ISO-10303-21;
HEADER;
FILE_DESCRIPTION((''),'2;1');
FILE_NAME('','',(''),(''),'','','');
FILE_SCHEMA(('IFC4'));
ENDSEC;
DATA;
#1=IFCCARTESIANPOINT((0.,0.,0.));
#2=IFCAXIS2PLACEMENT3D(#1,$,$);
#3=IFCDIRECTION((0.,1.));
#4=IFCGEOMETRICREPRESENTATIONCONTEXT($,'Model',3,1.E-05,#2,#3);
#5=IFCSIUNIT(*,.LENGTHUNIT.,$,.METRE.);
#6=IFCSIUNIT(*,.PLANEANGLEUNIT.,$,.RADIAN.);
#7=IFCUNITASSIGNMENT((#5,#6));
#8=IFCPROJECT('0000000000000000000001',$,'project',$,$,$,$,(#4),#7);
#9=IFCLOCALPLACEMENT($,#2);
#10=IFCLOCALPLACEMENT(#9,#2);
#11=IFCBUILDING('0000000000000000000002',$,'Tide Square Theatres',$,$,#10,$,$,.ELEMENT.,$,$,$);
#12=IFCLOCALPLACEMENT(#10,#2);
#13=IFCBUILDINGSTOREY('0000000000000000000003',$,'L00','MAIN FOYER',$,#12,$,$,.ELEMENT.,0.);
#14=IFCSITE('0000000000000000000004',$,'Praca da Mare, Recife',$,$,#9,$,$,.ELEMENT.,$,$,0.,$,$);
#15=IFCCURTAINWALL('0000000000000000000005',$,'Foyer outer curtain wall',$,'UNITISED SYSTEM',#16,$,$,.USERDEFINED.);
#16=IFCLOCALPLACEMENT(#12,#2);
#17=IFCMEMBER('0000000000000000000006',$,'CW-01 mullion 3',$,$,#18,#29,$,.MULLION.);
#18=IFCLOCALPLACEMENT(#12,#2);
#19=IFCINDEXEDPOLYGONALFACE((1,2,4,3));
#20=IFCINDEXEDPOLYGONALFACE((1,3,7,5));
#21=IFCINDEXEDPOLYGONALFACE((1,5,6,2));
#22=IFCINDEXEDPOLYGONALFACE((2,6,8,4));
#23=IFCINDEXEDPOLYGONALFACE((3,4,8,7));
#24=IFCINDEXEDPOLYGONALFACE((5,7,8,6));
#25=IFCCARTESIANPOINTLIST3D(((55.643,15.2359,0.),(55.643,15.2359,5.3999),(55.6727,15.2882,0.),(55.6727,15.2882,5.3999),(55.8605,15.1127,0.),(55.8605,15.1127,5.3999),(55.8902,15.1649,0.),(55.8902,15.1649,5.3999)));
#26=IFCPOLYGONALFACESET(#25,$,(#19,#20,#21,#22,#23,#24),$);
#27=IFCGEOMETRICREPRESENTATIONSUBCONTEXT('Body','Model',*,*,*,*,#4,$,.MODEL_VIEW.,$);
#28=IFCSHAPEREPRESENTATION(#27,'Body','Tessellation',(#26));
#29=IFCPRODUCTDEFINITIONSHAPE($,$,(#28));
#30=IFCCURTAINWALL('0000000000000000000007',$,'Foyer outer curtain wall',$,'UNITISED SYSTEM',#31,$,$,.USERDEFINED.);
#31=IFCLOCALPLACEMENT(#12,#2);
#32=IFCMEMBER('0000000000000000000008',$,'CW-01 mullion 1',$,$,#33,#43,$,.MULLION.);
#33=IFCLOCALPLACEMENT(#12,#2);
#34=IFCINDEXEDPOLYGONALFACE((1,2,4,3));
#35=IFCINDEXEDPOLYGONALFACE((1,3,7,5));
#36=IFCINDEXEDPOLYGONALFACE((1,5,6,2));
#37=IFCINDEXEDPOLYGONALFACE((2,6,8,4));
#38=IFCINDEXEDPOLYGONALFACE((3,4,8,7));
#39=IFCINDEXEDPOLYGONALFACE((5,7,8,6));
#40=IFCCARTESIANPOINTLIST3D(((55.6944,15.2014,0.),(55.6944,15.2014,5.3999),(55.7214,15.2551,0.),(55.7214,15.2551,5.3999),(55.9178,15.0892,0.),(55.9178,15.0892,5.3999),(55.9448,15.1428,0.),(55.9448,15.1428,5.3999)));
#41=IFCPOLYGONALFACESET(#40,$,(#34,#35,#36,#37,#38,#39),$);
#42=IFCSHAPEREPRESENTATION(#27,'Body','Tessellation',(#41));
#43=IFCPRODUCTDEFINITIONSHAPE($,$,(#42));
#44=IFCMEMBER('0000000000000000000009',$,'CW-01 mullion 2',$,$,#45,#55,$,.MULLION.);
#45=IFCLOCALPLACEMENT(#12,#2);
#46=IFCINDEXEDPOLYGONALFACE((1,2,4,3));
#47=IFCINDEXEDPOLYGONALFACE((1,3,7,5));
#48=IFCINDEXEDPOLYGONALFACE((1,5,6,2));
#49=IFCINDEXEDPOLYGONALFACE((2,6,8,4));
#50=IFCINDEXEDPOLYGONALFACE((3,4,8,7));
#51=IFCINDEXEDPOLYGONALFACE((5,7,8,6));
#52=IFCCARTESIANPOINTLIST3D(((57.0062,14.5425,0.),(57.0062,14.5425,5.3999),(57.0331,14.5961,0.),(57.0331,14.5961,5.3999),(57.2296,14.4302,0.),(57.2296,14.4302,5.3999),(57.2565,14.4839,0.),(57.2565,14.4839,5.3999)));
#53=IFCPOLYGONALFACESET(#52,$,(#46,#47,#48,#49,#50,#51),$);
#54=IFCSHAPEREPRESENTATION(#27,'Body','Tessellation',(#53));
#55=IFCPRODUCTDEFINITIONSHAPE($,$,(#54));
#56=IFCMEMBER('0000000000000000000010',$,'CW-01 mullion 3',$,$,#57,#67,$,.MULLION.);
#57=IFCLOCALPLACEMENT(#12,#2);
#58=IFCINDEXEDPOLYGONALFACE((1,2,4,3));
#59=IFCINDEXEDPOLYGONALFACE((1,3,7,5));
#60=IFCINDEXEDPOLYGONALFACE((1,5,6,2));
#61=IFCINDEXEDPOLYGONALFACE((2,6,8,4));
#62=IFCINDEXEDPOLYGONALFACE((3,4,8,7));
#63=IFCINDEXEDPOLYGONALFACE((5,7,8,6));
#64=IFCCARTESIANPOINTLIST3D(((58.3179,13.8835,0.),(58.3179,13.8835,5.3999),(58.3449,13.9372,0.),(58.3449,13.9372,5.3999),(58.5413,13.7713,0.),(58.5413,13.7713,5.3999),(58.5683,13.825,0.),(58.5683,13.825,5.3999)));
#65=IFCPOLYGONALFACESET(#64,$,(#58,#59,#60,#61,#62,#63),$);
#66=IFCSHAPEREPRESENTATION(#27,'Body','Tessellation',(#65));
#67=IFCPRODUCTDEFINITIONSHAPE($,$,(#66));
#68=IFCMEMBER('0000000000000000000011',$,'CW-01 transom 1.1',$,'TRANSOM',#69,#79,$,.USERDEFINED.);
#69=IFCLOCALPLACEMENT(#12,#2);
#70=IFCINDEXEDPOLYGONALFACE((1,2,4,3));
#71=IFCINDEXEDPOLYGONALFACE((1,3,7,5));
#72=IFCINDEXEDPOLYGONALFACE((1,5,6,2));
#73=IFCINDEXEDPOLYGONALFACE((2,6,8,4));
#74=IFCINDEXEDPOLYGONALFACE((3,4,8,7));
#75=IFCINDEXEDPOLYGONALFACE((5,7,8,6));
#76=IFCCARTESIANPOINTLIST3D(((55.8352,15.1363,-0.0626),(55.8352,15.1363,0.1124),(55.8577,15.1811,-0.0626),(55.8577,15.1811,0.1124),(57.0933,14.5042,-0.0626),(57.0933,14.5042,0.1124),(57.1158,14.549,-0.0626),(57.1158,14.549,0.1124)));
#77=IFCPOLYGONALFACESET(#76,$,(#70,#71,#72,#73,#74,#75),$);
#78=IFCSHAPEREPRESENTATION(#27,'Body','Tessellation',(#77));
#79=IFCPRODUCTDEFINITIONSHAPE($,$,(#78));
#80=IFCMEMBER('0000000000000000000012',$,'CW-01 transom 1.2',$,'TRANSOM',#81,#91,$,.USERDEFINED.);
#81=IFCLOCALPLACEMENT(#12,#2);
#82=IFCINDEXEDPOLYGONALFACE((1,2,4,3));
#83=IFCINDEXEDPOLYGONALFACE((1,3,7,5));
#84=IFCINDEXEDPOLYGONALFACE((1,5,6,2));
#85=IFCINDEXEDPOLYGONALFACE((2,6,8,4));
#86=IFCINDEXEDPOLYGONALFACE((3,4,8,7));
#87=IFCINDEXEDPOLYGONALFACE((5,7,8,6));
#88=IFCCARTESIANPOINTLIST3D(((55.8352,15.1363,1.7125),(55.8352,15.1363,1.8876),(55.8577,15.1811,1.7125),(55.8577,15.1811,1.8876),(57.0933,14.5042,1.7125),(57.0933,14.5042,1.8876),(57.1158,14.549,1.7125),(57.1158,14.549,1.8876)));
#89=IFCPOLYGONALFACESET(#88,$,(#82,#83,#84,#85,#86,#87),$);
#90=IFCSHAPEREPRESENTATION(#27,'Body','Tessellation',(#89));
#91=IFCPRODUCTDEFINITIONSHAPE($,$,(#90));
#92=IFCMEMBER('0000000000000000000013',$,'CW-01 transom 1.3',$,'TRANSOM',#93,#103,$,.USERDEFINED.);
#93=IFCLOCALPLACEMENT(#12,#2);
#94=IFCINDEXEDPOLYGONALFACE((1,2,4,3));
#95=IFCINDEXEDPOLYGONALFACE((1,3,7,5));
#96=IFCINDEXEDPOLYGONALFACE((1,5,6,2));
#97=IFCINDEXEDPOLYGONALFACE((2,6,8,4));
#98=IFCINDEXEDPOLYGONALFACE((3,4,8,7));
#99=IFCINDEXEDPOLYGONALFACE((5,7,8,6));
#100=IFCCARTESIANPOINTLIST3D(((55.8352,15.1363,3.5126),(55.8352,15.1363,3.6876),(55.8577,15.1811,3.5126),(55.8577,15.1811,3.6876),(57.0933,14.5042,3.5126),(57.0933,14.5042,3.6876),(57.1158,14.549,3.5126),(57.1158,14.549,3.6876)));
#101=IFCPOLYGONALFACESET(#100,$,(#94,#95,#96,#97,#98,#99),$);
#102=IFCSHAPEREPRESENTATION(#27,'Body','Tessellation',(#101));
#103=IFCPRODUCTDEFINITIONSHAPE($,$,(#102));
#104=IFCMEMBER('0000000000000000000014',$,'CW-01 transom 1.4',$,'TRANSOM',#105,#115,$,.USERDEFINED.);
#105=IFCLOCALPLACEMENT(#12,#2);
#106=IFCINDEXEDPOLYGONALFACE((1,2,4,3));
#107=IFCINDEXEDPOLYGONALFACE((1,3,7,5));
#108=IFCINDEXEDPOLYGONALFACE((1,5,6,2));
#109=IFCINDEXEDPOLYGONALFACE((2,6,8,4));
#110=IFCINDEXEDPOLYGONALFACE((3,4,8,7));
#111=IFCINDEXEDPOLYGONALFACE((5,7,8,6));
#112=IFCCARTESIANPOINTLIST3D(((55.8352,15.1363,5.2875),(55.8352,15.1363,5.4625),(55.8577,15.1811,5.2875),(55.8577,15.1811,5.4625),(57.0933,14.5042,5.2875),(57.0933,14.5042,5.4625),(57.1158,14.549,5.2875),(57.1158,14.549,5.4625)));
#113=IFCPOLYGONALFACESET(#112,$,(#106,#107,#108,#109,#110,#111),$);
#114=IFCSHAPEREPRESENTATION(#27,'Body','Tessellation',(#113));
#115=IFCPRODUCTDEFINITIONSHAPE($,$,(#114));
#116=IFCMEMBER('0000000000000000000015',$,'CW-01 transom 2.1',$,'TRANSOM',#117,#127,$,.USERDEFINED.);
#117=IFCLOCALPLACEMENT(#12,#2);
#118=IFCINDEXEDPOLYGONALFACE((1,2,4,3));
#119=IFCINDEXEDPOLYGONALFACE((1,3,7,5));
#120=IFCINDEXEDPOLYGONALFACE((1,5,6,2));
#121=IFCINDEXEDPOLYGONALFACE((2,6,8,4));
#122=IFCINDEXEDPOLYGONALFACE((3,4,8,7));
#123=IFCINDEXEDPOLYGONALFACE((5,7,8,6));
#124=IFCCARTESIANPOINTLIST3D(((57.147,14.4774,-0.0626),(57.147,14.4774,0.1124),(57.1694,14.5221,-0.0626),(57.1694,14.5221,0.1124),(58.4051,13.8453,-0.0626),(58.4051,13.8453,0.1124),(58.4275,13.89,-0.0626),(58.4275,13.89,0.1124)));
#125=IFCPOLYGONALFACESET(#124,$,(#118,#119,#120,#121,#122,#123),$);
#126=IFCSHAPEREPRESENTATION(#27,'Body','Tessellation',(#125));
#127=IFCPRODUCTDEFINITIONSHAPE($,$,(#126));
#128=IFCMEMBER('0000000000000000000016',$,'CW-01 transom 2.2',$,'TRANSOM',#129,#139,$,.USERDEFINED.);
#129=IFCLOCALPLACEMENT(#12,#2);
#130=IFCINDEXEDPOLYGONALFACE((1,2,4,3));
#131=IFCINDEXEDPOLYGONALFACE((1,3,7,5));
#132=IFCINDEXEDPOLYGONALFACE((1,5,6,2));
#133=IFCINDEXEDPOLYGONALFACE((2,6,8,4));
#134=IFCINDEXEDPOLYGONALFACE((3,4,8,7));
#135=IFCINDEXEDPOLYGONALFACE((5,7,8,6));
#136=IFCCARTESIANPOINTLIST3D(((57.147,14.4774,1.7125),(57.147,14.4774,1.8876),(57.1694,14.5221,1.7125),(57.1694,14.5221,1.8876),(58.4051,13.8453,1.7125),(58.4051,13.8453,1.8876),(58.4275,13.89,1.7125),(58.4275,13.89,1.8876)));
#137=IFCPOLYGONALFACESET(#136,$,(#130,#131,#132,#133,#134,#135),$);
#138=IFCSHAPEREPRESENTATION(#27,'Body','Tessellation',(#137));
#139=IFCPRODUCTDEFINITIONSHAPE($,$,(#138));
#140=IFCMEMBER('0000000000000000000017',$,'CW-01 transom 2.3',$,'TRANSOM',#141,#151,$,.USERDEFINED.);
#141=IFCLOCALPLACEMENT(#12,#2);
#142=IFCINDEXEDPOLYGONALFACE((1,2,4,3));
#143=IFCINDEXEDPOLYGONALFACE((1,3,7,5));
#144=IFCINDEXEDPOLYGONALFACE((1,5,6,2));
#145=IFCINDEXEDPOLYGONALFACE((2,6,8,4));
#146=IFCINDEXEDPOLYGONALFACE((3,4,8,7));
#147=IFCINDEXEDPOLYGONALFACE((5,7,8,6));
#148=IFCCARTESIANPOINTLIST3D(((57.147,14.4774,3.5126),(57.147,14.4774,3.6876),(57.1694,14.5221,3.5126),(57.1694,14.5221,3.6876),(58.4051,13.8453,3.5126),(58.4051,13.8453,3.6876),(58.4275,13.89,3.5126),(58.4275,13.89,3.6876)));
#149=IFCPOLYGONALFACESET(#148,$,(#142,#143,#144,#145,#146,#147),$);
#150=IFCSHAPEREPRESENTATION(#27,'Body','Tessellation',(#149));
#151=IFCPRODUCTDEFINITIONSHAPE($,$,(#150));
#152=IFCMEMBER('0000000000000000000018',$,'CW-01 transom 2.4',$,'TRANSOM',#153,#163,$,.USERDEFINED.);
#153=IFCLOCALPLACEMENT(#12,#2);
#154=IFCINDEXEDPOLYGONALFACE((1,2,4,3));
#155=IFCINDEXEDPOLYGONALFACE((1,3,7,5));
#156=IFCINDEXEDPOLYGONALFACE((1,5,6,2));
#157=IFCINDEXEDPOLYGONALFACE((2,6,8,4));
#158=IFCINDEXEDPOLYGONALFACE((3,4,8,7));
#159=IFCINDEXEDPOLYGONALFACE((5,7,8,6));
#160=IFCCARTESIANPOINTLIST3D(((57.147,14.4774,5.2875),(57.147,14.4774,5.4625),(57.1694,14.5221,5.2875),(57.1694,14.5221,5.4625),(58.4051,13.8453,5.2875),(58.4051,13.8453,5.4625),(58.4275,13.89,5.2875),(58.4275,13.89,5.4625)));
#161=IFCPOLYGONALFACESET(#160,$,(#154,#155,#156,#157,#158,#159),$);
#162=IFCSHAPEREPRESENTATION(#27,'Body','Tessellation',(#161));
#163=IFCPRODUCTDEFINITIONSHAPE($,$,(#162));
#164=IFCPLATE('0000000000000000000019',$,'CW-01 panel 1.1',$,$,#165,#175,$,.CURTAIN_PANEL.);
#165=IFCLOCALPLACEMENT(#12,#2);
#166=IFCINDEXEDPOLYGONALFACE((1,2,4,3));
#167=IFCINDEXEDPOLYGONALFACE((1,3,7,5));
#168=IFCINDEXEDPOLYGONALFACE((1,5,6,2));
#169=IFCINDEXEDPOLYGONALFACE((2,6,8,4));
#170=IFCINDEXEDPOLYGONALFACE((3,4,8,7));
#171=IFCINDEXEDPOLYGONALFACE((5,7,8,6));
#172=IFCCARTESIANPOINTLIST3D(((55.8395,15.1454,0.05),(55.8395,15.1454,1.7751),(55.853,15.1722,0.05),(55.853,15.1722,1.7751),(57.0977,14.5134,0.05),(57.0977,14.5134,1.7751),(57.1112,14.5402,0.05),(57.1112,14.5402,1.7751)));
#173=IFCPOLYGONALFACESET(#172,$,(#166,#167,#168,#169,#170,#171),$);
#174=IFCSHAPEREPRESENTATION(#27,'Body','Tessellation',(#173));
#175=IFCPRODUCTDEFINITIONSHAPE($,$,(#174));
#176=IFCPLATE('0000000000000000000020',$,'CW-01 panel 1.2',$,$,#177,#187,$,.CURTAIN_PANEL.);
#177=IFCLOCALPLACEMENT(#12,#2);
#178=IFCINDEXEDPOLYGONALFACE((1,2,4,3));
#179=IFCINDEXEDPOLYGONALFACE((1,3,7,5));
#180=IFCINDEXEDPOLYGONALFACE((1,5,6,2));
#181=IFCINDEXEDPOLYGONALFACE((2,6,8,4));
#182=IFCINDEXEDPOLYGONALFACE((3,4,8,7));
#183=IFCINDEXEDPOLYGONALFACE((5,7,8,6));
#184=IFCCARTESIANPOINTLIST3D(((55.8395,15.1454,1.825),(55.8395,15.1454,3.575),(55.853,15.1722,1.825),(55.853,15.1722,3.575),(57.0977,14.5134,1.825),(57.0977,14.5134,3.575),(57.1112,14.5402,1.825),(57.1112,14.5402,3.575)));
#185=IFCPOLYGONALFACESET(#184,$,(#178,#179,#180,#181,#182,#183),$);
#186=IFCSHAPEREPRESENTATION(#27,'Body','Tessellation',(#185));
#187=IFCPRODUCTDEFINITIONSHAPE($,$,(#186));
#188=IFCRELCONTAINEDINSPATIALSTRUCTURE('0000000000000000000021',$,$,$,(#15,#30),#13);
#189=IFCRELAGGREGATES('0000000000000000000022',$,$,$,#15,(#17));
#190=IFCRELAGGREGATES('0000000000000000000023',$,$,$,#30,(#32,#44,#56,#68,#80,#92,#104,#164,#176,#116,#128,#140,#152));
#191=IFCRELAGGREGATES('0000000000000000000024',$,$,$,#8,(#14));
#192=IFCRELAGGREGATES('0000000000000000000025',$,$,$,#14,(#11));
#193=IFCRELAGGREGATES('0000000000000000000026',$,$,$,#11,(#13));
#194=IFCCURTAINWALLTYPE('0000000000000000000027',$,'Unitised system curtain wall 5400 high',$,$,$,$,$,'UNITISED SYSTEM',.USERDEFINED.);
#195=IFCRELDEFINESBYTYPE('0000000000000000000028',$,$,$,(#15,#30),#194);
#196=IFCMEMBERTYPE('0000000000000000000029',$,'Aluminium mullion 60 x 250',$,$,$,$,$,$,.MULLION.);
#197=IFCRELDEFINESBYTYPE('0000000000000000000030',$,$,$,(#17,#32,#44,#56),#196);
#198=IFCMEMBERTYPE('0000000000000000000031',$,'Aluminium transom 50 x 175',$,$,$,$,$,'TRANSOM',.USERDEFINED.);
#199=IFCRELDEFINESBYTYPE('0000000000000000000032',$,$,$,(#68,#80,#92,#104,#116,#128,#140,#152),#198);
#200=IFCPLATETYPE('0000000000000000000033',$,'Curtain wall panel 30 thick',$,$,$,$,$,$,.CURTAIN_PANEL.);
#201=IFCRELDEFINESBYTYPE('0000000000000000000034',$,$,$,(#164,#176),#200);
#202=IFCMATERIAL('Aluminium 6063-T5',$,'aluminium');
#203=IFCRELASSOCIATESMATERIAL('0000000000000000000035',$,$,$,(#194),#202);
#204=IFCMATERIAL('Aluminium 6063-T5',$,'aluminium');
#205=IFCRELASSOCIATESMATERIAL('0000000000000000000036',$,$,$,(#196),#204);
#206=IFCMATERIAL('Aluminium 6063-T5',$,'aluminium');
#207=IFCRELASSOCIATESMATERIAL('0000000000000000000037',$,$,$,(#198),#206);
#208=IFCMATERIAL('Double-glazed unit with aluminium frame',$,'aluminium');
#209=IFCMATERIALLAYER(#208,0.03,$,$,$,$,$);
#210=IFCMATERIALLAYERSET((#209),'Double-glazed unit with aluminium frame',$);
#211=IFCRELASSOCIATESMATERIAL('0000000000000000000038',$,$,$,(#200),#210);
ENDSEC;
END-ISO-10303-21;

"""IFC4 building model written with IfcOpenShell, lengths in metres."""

from ifc_helpers import new_model, si_unit, direction, frame, origin, origin_2d, place, context, subcontext, project, spatial, rectangle, extrude, material, layer, layer_set, material_profile, profile_set, type_object, element, aggregate, save


model = new_model("IFC4")

# Units and contexts
model_context = context("Model", 3, precision=1e-05, world=origin(), true_north=direction((0.0, 1.0)))
body_context = subcontext(model_context, "Body", "Model", "MODEL_VIEW")
ifc_project = project(units=[si_unit("LENGTHUNIT", "METRE"), si_unit("PLANEANGLEUNIT", "RADIAN")], contexts=[model_context])

# Site, building, storey
site_placement = place(None, origin())
site = spatial("IfcSite", under=ifc_project, at=site_placement, Name="Praca da Mare, Recife", CompositionType="ELEMENT", RefElevation=0.0)
building_placement = place(site_placement, origin())
building = spatial("IfcBuilding", under=site, at=building_placement, Name="Tide Square Theatres", CompositionType="ELEMENT")
storey_placement = place(building_placement, origin())
storey = spatial("IfcBuildingStorey", under=building, at=storey_placement, Name="L00", Description="MAIN FOYER", CompositionType="ELEMENT", Elevation=0.0)

# Curtain wall, member
ifc_material_1 = material(Name="Aluminium 6063-T5", Category="aluminium")
curtain_wall_type = type_object("IfcCurtainWallType", Name="Unitised system curtain wall 5400 high", ElementType="UNITISED SYSTEM", PredefinedType="USERDEFINED", material=ifc_material_1)
curtain_wall_1_placement = place(storey_placement, origin())
curtain_wall_1 = element("IfcCurtainWall", 1, at=curtain_wall_1_placement, inside=storey, type_object=curtain_wall_type, Name="Foyer outer curtain wall", ObjectType="UNITISED SYSTEM", PredefinedType="USERDEFINED")
ifc_material_2 = material(Name="Aluminium 6063-T5", Category="aluminium")
ifc_material_profile_1 = material_profile(ifc_material_2, rectangle(XDim=0.0601, YDim=0.25, at=origin_2d()))
ifc_profile_set_1 = profile_set([ifc_material_profile_1], Name="Aluminium 6063-T5")
member_type_1 = type_object("IfcMemberType", Name="Aluminium mullion 60 x 250", PredefinedType="MULLION", material=ifc_profile_set_1)
member_1_placement = place(storey_placement, frame((55.7666, 15.2004, 0.0), z_axis=(0.0, 0.0, 1.0), x_axis=(0.493019, 0.870018, 0.0)))
member_1 = element("IfcMember", 2, at=member_1_placement, type_object=member_type_1, Name="CW-01 mullion 3", PredefinedType="MULLION", context=body_context, shape_type="SweptSolid", body=[
    extrude(rectangle(XDim=0.0601, YDim=0.25, at=origin_2d()), origin(), (0.0, 0.0, 1.0), 5.3999),
])
aggregate(curtain_wall_1, [member_1])

# Curtain wall, members, plates
curtain_wall_2_placement = place(storey_placement, origin())
curtain_wall_2 = element("IfcCurtainWall", 3, at=curtain_wall_2_placement, inside=storey, type_object=curtain_wall_type, Name="Foyer outer curtain wall", ObjectType="UNITISED SYSTEM", PredefinedType="USERDEFINED")
member_2_placement = place(storey_placement, frame((55.8196, 15.1721, 0.0), z_axis=(0.0, 0.0, 1.0), x_axis=(0.448868, 0.893598, 0.0)))
member_2 = element("IfcMember", 4, at=member_2_placement, type_object=member_type_1, Name="CW-01 mullion 1", PredefinedType="MULLION", context=body_context, shape_type="SweptSolid", body=[
    extrude(rectangle(XDim=0.0601, YDim=0.25, at=origin_2d()), origin(), (0.0, 0.0, 1.0), 5.3999),
])
member_3_placement = place(storey_placement, frame((57.1313, 14.5132, 0.0), z_axis=(0.0, 0.0, 1.0), x_axis=(0.448868, 0.893598, 0.0)))
member_3 = element("IfcMember", 5, at=member_3_placement, type_object=member_type_1, Name="CW-01 mullion 2", PredefinedType="MULLION", context=body_context, shape_type="SweptSolid", body=[
    extrude(rectangle(XDim=0.0601, YDim=0.25, at=origin_2d()), origin(), (0.0, 0.0, 1.0), 5.3999),
])
member_4_placement = place(storey_placement, frame((58.4431, 13.8542, 0.0), z_axis=(0.0, 0.0, 1.0), x_axis=(0.448868, 0.893598, 0.0)))
member_4 = element("IfcMember", 6, at=member_4_placement, type_object=member_type_1, Name="CW-01 mullion 3", PredefinedType="MULLION", context=body_context, shape_type="SweptSolid", body=[
    extrude(rectangle(XDim=0.0601, YDim=0.25, at=origin_2d()), origin(), (0.0, 0.0, 1.0), 5.3999),
])
ifc_material_3 = material(Name="Aluminium 6063-T5", Category="aluminium")
ifc_material_profile_2 = material_profile(ifc_material_3, rectangle(XDim=0.05, YDim=0.175, at=origin_2d()))
ifc_profile_set_2 = profile_set([ifc_material_profile_2], Name="Aluminium 6063-T5")
member_type_2 = type_object("IfcMemberType", Name="Aluminium transom 50 x 175", ElementType="TRANSOM", PredefinedType="USERDEFINED", material=ifc_profile_set_2)
member_5_placement = place(storey_placement, frame((55.8464, 15.1587, 0.0249), z_axis=(0.893558, -0.448947, 0.0), x_axis=(0.448947, 0.893558, 0.0)))
member_5 = element("IfcMember", 7, at=member_5_placement, type_object=member_type_2, Name="CW-01 transom 1.1", ObjectType="TRANSOM", PredefinedType="USERDEFINED", context=body_context, shape_type="SweptSolid", body=[
    extrude(rectangle(XDim=0.05, YDim=0.175, at=origin_2d()), origin(), (0.0, 0.0, 1.0), 1.408),
])
member_6_placement = place(storey_placement, frame((55.8464, 15.1587, 1.8), z_axis=(0.893558, -0.448947, 0.0), x_axis=(0.448947, 0.893558, 0.0)))
member_6 = element("IfcMember", 8, at=member_6_placement, type_object=member_type_2, Name="CW-01 transom 1.2", ObjectType="TRANSOM", PredefinedType="USERDEFINED", context=body_context, shape_type="SweptSolid", body=[
    extrude(rectangle(XDim=0.05, YDim=0.175, at=origin_2d()), origin(), (0.0, 0.0, 1.0), 1.408),
])
member_7_placement = place(storey_placement, frame((55.8464, 15.1587, 3.6001), z_axis=(0.893558, -0.448947, 0.0), x_axis=(0.448947, 0.893558, 0.0)))
member_7 = element("IfcMember", 9, at=member_7_placement, type_object=member_type_2, Name="CW-01 transom 1.3", ObjectType="TRANSOM", PredefinedType="USERDEFINED", context=body_context, shape_type="SweptSolid", body=[
    extrude(rectangle(XDim=0.05, YDim=0.175, at=origin_2d()), origin(), (0.0, 0.0, 1.0), 1.408),
])
member_8_placement = place(storey_placement, frame((55.8464, 15.1587, 5.375), z_axis=(0.893558, -0.448947, 0.0), x_axis=(0.448947, 0.893558, 0.0)))
member_8 = element("IfcMember", 10, at=member_8_placement, type_object=member_type_2, Name="CW-01 transom 1.4", ObjectType="TRANSOM", PredefinedType="USERDEFINED", context=body_context, shape_type="SweptSolid", body=[
    extrude(rectangle(XDim=0.05, YDim=0.175, at=origin_2d()), origin(), (0.0, 0.0, 1.0), 1.408),
])
member_9_placement = place(storey_placement, frame((57.1582, 14.4998, 0.0249), z_axis=(0.893558, -0.448947, 0.0), x_axis=(0.448947, 0.893558, 0.0)))
member_9 = element("IfcMember", 11, at=member_9_placement, type_object=member_type_2, Name="CW-01 transom 2.1", ObjectType="TRANSOM", PredefinedType="USERDEFINED", context=body_context, shape_type="SweptSolid", body=[
    extrude(rectangle(XDim=0.05, YDim=0.175, at=origin_2d()), origin(), (0.0, 0.0, 1.0), 1.408),
])
member_10_placement = place(storey_placement, frame((57.1582, 14.4998, 1.8), z_axis=(0.893558, -0.448947, 0.0), x_axis=(0.448947, 0.893558, 0.0)))
member_10 = element("IfcMember", 12, at=member_10_placement, type_object=member_type_2, Name="CW-01 transom 2.2", ObjectType="TRANSOM", PredefinedType="USERDEFINED", context=body_context, shape_type="SweptSolid", body=[
    extrude(rectangle(XDim=0.05, YDim=0.175, at=origin_2d()), origin(), (0.0, 0.0, 1.0), 1.408),
])
member_11_placement = place(storey_placement, frame((57.1582, 14.4998, 3.6001), z_axis=(0.893558, -0.448947, 0.0), x_axis=(0.448947, 0.893558, 0.0)))
member_11 = element("IfcMember", 13, at=member_11_placement, type_object=member_type_2, Name="CW-01 transom 2.3", ObjectType="TRANSOM", PredefinedType="USERDEFINED", context=body_context, shape_type="SweptSolid", body=[
    extrude(rectangle(XDim=0.05, YDim=0.175, at=origin_2d()), origin(), (0.0, 0.0, 1.0), 1.408),
])
member_12_placement = place(storey_placement, frame((57.1582, 14.4998, 5.375), z_axis=(0.893558, -0.448947, 0.0), x_axis=(0.448947, 0.893558, 0.0)))
member_12 = element("IfcMember", 14, at=member_12_placement, type_object=member_type_2, Name="CW-01 transom 2.4", ObjectType="TRANSOM", PredefinedType="USERDEFINED", context=body_context, shape_type="SweptSolid", body=[
    extrude(rectangle(XDim=0.05, YDim=0.175, at=origin_2d()), origin(), (0.0, 0.0, 1.0), 1.408),
])
ifc_material_4 = material(Name="Double-glazed unit with aluminium frame", Category="aluminium")
ifc_layer_1 = layer(ifc_material_4, 0.03)
ifc_layer_set_1 = layer_set([ifc_layer_1], Name="Double-glazed unit with aluminium frame")
plate_type = type_object("IfcPlateType", Name="Curtain wall panel 30 thick", PredefinedType="CURTAIN_PANEL", material=ifc_layer_set_1)
plate_1_placement = place(storey_placement, frame((56.4753, 14.8428, 0.05), z_axis=(0.0, 0.0, 1.0), x_axis=(0.893598, -0.448868, 0.0)))
plate_1 = element("IfcPlate", 15, at=plate_1_placement, type_object=plate_type, Name="CW-01 panel 1.1", PredefinedType="CURTAIN_PANEL", context=body_context, shape_type="SweptSolid", body=[
    extrude(rectangle(XDim=1.408, YDim=0.03, at=origin_2d()), origin(), (0.0, 0.0, 1.0), 1.7251),
])
plate_2_placement = place(storey_placement, frame((56.4753, 14.8428, 1.825), z_axis=(0.0, 0.0, 1.0), x_axis=(0.893598, -0.448868, 0.0)))
plate_2 = element("IfcPlate", 16, at=plate_2_placement, type_object=plate_type, Name="CW-01 panel 1.2", PredefinedType="CURTAIN_PANEL", context=body_context, shape_type="SweptSolid", body=[
    extrude(rectangle(XDim=1.408, YDim=0.03, at=origin_2d()), origin(), (0.0, 0.0, 1.0), 1.75),
])
aggregate(curtain_wall_2, [member_2, member_3, member_4, member_5, member_6, member_7, member_8, plate_1, plate_2, member_9, member_10, member_11, member_12])

save(model, "model.ifc")
